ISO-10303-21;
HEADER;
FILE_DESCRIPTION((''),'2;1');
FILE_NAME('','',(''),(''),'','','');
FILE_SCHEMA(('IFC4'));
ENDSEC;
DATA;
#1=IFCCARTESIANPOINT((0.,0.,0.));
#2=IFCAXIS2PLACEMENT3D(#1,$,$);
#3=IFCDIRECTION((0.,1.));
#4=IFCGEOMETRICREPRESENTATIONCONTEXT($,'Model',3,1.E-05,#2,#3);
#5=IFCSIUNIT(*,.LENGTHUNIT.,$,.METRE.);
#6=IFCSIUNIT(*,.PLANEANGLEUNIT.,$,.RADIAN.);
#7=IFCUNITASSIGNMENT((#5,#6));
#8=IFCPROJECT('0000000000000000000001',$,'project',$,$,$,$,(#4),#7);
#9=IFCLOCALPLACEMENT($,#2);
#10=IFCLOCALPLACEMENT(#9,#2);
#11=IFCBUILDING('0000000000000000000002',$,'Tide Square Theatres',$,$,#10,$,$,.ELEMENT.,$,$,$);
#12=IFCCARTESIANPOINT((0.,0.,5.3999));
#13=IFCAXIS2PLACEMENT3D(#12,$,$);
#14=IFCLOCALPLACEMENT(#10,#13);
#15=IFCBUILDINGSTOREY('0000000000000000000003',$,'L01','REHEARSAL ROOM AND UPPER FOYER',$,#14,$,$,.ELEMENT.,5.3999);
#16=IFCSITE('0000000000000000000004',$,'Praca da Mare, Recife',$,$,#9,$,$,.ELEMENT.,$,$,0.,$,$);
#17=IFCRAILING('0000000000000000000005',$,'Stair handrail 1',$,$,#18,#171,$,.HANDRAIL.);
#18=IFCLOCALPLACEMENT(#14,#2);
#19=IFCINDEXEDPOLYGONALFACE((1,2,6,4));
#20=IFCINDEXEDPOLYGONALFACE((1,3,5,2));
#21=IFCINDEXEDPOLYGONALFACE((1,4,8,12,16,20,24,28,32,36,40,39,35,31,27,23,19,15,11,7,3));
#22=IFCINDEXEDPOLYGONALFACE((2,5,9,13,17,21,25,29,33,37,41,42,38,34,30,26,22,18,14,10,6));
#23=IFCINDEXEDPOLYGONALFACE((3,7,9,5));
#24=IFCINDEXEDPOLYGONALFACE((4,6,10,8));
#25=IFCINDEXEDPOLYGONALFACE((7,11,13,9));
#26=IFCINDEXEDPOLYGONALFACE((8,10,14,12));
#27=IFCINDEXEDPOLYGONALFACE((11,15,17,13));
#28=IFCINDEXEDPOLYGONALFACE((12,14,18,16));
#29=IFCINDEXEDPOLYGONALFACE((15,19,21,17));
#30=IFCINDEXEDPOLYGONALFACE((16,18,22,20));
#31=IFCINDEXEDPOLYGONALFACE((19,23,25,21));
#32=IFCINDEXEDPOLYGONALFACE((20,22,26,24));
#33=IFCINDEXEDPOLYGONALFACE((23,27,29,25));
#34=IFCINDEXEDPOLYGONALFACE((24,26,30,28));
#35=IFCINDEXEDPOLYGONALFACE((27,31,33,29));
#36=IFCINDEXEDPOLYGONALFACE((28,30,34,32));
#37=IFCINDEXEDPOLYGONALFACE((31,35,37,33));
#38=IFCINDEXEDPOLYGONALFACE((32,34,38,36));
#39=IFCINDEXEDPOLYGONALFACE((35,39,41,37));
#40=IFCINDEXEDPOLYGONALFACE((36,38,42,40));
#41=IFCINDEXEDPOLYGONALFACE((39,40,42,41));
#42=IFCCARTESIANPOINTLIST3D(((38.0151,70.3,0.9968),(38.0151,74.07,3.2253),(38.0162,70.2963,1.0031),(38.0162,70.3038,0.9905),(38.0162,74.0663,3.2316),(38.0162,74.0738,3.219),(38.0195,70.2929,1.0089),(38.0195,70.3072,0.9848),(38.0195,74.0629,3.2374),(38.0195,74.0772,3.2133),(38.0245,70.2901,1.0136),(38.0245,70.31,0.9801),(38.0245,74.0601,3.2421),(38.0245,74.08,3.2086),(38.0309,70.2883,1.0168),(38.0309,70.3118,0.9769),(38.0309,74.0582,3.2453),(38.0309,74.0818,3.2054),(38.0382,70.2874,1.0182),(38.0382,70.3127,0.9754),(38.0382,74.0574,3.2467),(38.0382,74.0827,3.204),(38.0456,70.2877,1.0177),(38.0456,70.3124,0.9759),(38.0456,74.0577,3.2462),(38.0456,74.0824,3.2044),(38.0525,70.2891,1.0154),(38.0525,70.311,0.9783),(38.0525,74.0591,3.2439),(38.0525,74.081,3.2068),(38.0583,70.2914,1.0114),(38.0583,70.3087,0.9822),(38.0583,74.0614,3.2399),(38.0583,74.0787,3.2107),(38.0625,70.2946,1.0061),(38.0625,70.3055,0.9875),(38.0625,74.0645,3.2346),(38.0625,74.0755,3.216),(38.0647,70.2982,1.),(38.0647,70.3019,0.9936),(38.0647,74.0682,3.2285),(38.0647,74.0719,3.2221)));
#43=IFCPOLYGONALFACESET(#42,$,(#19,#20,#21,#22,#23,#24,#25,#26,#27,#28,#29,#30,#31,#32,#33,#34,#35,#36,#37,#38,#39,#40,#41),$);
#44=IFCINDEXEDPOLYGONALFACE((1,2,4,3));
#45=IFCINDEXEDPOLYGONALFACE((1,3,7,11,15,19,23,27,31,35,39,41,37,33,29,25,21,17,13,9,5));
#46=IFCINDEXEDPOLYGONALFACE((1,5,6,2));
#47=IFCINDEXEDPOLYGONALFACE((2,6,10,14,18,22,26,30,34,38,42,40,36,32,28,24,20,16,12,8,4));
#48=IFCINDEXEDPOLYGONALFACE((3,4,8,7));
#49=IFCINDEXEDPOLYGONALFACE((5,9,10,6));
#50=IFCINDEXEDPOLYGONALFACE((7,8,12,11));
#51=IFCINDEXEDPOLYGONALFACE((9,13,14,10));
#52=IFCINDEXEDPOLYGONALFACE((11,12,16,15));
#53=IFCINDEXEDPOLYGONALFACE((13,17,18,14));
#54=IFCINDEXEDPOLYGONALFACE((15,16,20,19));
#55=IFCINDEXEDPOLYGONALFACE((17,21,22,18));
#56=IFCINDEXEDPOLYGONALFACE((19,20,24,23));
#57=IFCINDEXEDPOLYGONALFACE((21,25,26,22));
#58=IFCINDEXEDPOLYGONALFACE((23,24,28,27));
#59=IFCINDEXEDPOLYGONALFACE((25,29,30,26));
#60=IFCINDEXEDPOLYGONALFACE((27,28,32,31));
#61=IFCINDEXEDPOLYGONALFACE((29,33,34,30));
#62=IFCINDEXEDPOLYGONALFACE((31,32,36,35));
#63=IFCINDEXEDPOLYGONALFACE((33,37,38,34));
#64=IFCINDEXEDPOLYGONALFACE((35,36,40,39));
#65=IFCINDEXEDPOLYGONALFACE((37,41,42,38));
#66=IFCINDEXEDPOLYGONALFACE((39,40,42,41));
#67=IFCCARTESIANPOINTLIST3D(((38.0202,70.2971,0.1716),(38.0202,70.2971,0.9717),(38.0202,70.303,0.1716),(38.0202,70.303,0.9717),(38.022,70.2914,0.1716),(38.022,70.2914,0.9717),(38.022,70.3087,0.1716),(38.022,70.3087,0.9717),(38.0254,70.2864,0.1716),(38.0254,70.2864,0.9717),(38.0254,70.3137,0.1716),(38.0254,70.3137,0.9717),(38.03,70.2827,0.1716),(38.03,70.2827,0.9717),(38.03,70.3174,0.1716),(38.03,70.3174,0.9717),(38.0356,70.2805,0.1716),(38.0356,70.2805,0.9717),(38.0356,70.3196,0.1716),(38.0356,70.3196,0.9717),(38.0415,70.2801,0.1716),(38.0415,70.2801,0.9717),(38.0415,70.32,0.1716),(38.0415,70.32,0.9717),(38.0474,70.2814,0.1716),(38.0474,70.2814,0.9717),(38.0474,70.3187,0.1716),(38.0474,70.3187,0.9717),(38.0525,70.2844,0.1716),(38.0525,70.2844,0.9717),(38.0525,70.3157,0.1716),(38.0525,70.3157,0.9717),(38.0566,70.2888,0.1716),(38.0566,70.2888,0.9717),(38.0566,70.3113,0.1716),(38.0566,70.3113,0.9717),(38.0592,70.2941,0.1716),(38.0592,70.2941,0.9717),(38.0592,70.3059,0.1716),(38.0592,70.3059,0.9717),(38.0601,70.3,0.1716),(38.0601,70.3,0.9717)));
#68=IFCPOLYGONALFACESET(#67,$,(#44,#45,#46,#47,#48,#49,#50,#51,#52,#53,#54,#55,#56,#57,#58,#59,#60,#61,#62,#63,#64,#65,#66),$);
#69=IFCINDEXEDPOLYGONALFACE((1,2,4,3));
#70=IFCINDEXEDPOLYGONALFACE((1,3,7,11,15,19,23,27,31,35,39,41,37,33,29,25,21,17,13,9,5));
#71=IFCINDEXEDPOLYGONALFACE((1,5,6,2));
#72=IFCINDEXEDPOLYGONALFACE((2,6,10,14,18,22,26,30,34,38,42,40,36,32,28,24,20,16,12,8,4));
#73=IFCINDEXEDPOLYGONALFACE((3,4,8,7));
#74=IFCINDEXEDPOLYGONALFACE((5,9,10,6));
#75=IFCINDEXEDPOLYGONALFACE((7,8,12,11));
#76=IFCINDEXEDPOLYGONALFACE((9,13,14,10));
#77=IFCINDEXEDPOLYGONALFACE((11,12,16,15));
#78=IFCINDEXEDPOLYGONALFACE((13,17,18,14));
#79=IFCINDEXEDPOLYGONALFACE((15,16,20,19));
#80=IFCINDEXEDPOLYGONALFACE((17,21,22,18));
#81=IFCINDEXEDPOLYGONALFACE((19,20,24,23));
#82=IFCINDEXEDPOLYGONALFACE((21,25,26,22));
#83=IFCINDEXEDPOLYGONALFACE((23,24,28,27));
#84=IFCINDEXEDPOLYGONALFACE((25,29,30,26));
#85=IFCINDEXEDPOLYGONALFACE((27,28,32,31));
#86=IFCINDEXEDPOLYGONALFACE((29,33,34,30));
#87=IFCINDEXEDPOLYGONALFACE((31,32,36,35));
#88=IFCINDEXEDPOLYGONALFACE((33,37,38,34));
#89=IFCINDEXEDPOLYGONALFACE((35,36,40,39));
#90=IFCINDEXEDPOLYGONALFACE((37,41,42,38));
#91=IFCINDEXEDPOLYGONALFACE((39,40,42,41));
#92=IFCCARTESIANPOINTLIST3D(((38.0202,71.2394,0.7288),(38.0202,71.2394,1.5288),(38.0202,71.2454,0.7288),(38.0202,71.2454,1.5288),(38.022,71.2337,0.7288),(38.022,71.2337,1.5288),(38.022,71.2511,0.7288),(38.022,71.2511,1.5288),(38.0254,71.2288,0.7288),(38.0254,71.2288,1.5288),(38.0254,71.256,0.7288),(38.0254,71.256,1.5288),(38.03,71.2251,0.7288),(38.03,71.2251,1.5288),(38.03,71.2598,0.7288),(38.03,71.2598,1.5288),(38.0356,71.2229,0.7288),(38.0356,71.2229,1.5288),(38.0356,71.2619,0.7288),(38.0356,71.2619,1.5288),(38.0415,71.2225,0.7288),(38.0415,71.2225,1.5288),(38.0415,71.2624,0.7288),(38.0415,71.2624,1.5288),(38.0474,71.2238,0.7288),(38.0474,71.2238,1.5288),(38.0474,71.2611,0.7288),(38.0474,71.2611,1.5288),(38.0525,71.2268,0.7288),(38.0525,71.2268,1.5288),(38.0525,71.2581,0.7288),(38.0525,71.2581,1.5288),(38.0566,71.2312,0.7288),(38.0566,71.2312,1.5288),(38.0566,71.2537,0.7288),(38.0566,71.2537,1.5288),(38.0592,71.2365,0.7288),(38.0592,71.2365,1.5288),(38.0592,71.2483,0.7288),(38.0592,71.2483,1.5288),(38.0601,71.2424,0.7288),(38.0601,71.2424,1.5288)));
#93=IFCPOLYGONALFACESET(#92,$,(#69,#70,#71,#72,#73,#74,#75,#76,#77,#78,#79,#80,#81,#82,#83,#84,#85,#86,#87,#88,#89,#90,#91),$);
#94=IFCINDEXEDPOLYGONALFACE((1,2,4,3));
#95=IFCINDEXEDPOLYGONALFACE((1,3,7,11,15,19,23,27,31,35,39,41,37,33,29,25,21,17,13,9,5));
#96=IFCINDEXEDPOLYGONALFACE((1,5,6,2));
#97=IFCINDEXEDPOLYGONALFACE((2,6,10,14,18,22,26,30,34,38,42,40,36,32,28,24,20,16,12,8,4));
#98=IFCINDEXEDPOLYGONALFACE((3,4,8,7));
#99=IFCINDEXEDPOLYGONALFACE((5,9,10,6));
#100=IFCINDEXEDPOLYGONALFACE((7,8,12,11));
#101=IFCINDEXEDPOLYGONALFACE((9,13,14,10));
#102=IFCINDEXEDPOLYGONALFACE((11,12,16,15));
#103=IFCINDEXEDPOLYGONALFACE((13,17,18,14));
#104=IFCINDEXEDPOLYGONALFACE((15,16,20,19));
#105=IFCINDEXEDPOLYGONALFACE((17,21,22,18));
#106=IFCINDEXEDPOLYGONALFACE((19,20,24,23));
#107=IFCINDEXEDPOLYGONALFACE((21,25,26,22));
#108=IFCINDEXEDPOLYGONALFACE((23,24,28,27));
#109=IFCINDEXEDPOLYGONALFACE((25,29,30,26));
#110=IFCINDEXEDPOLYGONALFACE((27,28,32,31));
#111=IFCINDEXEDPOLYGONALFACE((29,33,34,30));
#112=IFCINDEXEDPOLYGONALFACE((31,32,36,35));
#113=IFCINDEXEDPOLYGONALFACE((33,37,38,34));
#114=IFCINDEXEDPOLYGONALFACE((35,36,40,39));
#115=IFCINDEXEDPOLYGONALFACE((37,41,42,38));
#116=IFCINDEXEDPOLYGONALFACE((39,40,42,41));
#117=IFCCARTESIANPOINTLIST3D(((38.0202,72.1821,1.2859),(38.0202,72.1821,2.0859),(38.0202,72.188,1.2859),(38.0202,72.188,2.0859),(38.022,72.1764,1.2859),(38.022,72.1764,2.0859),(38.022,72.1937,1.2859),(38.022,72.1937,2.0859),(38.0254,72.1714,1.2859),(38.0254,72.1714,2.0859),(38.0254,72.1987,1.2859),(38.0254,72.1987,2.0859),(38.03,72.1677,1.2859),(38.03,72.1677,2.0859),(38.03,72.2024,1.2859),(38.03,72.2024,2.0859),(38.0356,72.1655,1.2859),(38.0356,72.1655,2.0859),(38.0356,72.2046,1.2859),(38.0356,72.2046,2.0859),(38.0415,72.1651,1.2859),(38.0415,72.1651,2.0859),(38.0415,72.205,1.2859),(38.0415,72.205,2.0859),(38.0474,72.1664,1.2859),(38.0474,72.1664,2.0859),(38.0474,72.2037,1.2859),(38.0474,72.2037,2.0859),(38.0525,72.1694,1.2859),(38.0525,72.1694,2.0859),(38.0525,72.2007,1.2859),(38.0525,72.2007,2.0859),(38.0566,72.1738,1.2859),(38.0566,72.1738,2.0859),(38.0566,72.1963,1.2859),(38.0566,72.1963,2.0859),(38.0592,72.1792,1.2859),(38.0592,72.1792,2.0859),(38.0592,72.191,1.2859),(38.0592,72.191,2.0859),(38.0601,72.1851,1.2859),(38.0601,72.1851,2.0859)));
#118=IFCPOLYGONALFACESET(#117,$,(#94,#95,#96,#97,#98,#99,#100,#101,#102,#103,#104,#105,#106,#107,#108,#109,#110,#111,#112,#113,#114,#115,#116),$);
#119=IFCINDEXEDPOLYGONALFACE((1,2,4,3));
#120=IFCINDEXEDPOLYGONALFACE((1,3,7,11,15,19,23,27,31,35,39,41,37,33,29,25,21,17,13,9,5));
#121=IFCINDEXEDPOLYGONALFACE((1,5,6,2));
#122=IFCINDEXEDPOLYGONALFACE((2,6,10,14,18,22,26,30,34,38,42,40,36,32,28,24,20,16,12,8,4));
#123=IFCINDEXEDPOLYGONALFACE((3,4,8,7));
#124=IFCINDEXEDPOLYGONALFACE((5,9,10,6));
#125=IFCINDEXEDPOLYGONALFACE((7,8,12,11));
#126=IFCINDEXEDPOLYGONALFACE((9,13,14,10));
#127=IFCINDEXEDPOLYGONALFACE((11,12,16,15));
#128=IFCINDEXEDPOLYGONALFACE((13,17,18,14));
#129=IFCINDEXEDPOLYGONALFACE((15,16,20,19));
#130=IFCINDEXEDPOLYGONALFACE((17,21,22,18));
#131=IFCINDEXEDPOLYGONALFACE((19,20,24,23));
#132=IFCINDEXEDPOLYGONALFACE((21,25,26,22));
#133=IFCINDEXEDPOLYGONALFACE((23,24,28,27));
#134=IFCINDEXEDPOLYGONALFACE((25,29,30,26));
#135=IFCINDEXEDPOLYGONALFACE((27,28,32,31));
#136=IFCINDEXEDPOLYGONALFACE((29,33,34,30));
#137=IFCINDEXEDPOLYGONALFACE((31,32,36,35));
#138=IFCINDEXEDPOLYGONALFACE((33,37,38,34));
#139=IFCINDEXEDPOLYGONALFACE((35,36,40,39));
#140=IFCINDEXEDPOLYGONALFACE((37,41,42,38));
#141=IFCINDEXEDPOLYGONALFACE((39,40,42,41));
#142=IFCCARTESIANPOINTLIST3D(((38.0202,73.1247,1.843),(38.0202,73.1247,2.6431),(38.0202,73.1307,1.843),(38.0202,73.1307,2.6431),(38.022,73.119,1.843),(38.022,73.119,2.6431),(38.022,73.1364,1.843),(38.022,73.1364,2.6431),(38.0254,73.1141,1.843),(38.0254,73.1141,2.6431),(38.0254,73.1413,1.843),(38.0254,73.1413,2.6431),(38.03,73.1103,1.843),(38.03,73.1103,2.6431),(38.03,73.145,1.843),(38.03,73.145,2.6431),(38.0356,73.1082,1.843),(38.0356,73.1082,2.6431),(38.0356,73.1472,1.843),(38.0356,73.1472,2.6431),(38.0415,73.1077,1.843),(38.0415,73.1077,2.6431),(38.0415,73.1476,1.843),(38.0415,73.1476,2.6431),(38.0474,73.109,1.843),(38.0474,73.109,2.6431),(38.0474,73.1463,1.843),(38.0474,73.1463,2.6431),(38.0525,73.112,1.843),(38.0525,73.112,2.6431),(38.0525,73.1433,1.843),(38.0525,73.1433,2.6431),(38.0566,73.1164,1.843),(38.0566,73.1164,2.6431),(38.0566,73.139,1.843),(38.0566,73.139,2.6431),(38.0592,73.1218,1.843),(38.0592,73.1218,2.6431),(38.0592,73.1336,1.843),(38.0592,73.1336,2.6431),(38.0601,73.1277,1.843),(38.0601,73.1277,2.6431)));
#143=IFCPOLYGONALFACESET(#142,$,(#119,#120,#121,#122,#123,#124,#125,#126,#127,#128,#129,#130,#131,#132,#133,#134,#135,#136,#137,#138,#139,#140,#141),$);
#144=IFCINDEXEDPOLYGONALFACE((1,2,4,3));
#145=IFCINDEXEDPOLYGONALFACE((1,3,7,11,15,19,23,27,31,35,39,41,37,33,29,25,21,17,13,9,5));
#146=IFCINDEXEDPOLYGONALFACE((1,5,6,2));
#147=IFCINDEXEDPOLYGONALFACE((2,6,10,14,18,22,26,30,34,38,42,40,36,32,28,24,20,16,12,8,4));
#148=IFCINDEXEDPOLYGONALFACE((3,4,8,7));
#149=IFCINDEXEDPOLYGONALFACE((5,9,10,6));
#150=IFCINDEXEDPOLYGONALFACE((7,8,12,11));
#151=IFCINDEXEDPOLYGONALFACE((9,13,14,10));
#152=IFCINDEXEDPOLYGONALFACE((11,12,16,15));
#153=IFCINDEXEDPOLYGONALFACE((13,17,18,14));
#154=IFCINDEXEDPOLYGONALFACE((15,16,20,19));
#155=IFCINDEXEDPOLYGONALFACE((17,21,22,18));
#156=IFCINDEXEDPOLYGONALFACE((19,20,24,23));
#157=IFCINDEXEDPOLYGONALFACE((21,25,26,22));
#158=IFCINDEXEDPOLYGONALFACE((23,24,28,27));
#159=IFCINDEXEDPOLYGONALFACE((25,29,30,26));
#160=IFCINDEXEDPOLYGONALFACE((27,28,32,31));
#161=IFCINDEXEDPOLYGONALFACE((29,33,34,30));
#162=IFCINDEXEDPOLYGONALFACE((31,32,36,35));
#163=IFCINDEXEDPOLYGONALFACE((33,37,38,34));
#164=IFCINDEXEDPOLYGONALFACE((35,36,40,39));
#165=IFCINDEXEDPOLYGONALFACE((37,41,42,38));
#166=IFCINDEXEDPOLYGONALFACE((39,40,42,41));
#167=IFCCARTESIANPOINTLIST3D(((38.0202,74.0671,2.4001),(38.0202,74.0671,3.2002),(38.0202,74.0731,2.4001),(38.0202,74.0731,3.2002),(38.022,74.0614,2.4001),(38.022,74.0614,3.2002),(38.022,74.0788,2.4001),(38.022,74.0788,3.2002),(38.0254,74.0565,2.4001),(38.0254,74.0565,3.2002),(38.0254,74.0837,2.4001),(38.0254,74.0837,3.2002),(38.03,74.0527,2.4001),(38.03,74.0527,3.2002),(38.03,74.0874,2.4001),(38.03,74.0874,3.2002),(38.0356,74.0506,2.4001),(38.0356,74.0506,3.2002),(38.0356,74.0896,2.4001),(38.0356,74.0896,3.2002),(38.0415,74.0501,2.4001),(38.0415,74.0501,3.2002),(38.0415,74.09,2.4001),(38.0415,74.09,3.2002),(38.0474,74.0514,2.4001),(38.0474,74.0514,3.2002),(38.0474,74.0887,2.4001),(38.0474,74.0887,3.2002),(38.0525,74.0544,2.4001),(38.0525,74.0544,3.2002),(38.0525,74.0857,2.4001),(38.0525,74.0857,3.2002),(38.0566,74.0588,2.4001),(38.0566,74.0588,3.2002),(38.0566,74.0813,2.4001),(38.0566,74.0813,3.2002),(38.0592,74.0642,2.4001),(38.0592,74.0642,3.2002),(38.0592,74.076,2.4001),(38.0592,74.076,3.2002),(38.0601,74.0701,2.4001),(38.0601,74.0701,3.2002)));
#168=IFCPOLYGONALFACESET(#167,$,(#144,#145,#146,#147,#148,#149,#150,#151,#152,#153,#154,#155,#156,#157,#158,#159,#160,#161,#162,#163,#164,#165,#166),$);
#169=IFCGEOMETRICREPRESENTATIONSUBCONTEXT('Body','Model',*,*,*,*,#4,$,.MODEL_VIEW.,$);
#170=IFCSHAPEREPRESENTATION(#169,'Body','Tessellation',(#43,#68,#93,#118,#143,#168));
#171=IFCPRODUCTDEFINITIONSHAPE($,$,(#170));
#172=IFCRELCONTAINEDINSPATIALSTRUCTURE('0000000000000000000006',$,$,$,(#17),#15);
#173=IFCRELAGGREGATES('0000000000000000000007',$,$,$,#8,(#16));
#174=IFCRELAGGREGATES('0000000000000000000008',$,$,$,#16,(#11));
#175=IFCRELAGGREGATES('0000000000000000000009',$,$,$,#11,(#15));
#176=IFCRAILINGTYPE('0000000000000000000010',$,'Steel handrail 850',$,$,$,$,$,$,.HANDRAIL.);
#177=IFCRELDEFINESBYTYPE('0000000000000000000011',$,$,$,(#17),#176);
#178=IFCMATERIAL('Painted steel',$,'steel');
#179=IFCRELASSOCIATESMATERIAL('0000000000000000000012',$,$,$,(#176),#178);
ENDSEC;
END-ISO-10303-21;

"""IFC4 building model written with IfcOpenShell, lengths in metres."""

from ifc_helpers import new_model, si_unit, direction, frame, origin, origin_2d, place, context, subcontext, project, spatial, circle, extrude, material, type_object, element, save


model = new_model("IFC4")

# Units and contexts
model_context = context("Model", 3, precision=1e-05, world=origin(), true_north=direction((0.0, 1.0)))
body_context = subcontext(model_context, "Body", "Model", "MODEL_VIEW")
ifc_project = project(units=[si_unit("LENGTHUNIT", "METRE"), si_unit("PLANEANGLEUNIT", "RADIAN")], contexts=[model_context])

# Site, building, storey
site_placement = place(None, origin())
site = spatial("IfcSite", under=ifc_project, at=site_placement, Name="Praca da Mare, Recife", CompositionType="ELEMENT", RefElevation=0.0)
building_placement = place(site_placement, origin())
building = spatial("IfcBuilding", under=site, at=building_placement, Name="Tide Square Theatres", CompositionType="ELEMENT")
storey_placement = place(building_placement, frame((0.0, 0.0, 5.3999)))
storey = spatial("IfcBuildingStorey", under=building, at=storey_placement, Name="L01", Description="REHEARSAL ROOM AND UPPER FOYER", CompositionType="ELEMENT", Elevation=5.3999)

# Railing
ifc_material_1 = material(Name="Painted steel", Category="steel")
railing_type = type_object("IfcRailingType", Name="Steel handrail 850", PredefinedType="HANDRAIL", material=ifc_material_1)
for number, where, name in (
    (1, (38.04, 70.3, 0.1716), "Stair handrail 1"),
):
    element("IfcRailing", number, at=place(storey_placement, frame(where)), inside=storey, type_object=railing_type, Name=name, PredefinedType="HANDRAIL", context=body_context, shape_type="SweptSolid", body=[
        extrude(circle(Radius=0.0249, at=origin_2d()), frame((0.0, 0.0, 0.8252), z_axis=(0.0, 0.860849, 0.508861), x_axis=(-1.0, 0.0, 0.0)), (0.0, 0.0, 1.0), 4.3794),
        extrude(circle(Radius=0.02, at=origin_2d()), origin(), (0.0, 0.0, 1.0), 0.8),
        extrude(circle(Radius=0.02, at=origin_2d()), frame((0.0, 0.9424, 0.5571)), (0.0, 0.0, 1.0), 0.8),
        extrude(circle(Radius=0.02, at=origin_2d()), frame((0.0, 1.885, 1.1143)), (0.0, 0.0, 1.0), 0.8),
        extrude(circle(Radius=0.02, at=origin_2d()), frame((0.0, 2.8276, 1.6714)), (0.0, 0.0, 1.0), 0.8),
        extrude(circle(Radius=0.02, at=origin_2d()), frame((0.0, 3.77, 2.2285)), (0.0, 0.0, 1.0), 0.8),
    ])

save(model, "model.ifc")
